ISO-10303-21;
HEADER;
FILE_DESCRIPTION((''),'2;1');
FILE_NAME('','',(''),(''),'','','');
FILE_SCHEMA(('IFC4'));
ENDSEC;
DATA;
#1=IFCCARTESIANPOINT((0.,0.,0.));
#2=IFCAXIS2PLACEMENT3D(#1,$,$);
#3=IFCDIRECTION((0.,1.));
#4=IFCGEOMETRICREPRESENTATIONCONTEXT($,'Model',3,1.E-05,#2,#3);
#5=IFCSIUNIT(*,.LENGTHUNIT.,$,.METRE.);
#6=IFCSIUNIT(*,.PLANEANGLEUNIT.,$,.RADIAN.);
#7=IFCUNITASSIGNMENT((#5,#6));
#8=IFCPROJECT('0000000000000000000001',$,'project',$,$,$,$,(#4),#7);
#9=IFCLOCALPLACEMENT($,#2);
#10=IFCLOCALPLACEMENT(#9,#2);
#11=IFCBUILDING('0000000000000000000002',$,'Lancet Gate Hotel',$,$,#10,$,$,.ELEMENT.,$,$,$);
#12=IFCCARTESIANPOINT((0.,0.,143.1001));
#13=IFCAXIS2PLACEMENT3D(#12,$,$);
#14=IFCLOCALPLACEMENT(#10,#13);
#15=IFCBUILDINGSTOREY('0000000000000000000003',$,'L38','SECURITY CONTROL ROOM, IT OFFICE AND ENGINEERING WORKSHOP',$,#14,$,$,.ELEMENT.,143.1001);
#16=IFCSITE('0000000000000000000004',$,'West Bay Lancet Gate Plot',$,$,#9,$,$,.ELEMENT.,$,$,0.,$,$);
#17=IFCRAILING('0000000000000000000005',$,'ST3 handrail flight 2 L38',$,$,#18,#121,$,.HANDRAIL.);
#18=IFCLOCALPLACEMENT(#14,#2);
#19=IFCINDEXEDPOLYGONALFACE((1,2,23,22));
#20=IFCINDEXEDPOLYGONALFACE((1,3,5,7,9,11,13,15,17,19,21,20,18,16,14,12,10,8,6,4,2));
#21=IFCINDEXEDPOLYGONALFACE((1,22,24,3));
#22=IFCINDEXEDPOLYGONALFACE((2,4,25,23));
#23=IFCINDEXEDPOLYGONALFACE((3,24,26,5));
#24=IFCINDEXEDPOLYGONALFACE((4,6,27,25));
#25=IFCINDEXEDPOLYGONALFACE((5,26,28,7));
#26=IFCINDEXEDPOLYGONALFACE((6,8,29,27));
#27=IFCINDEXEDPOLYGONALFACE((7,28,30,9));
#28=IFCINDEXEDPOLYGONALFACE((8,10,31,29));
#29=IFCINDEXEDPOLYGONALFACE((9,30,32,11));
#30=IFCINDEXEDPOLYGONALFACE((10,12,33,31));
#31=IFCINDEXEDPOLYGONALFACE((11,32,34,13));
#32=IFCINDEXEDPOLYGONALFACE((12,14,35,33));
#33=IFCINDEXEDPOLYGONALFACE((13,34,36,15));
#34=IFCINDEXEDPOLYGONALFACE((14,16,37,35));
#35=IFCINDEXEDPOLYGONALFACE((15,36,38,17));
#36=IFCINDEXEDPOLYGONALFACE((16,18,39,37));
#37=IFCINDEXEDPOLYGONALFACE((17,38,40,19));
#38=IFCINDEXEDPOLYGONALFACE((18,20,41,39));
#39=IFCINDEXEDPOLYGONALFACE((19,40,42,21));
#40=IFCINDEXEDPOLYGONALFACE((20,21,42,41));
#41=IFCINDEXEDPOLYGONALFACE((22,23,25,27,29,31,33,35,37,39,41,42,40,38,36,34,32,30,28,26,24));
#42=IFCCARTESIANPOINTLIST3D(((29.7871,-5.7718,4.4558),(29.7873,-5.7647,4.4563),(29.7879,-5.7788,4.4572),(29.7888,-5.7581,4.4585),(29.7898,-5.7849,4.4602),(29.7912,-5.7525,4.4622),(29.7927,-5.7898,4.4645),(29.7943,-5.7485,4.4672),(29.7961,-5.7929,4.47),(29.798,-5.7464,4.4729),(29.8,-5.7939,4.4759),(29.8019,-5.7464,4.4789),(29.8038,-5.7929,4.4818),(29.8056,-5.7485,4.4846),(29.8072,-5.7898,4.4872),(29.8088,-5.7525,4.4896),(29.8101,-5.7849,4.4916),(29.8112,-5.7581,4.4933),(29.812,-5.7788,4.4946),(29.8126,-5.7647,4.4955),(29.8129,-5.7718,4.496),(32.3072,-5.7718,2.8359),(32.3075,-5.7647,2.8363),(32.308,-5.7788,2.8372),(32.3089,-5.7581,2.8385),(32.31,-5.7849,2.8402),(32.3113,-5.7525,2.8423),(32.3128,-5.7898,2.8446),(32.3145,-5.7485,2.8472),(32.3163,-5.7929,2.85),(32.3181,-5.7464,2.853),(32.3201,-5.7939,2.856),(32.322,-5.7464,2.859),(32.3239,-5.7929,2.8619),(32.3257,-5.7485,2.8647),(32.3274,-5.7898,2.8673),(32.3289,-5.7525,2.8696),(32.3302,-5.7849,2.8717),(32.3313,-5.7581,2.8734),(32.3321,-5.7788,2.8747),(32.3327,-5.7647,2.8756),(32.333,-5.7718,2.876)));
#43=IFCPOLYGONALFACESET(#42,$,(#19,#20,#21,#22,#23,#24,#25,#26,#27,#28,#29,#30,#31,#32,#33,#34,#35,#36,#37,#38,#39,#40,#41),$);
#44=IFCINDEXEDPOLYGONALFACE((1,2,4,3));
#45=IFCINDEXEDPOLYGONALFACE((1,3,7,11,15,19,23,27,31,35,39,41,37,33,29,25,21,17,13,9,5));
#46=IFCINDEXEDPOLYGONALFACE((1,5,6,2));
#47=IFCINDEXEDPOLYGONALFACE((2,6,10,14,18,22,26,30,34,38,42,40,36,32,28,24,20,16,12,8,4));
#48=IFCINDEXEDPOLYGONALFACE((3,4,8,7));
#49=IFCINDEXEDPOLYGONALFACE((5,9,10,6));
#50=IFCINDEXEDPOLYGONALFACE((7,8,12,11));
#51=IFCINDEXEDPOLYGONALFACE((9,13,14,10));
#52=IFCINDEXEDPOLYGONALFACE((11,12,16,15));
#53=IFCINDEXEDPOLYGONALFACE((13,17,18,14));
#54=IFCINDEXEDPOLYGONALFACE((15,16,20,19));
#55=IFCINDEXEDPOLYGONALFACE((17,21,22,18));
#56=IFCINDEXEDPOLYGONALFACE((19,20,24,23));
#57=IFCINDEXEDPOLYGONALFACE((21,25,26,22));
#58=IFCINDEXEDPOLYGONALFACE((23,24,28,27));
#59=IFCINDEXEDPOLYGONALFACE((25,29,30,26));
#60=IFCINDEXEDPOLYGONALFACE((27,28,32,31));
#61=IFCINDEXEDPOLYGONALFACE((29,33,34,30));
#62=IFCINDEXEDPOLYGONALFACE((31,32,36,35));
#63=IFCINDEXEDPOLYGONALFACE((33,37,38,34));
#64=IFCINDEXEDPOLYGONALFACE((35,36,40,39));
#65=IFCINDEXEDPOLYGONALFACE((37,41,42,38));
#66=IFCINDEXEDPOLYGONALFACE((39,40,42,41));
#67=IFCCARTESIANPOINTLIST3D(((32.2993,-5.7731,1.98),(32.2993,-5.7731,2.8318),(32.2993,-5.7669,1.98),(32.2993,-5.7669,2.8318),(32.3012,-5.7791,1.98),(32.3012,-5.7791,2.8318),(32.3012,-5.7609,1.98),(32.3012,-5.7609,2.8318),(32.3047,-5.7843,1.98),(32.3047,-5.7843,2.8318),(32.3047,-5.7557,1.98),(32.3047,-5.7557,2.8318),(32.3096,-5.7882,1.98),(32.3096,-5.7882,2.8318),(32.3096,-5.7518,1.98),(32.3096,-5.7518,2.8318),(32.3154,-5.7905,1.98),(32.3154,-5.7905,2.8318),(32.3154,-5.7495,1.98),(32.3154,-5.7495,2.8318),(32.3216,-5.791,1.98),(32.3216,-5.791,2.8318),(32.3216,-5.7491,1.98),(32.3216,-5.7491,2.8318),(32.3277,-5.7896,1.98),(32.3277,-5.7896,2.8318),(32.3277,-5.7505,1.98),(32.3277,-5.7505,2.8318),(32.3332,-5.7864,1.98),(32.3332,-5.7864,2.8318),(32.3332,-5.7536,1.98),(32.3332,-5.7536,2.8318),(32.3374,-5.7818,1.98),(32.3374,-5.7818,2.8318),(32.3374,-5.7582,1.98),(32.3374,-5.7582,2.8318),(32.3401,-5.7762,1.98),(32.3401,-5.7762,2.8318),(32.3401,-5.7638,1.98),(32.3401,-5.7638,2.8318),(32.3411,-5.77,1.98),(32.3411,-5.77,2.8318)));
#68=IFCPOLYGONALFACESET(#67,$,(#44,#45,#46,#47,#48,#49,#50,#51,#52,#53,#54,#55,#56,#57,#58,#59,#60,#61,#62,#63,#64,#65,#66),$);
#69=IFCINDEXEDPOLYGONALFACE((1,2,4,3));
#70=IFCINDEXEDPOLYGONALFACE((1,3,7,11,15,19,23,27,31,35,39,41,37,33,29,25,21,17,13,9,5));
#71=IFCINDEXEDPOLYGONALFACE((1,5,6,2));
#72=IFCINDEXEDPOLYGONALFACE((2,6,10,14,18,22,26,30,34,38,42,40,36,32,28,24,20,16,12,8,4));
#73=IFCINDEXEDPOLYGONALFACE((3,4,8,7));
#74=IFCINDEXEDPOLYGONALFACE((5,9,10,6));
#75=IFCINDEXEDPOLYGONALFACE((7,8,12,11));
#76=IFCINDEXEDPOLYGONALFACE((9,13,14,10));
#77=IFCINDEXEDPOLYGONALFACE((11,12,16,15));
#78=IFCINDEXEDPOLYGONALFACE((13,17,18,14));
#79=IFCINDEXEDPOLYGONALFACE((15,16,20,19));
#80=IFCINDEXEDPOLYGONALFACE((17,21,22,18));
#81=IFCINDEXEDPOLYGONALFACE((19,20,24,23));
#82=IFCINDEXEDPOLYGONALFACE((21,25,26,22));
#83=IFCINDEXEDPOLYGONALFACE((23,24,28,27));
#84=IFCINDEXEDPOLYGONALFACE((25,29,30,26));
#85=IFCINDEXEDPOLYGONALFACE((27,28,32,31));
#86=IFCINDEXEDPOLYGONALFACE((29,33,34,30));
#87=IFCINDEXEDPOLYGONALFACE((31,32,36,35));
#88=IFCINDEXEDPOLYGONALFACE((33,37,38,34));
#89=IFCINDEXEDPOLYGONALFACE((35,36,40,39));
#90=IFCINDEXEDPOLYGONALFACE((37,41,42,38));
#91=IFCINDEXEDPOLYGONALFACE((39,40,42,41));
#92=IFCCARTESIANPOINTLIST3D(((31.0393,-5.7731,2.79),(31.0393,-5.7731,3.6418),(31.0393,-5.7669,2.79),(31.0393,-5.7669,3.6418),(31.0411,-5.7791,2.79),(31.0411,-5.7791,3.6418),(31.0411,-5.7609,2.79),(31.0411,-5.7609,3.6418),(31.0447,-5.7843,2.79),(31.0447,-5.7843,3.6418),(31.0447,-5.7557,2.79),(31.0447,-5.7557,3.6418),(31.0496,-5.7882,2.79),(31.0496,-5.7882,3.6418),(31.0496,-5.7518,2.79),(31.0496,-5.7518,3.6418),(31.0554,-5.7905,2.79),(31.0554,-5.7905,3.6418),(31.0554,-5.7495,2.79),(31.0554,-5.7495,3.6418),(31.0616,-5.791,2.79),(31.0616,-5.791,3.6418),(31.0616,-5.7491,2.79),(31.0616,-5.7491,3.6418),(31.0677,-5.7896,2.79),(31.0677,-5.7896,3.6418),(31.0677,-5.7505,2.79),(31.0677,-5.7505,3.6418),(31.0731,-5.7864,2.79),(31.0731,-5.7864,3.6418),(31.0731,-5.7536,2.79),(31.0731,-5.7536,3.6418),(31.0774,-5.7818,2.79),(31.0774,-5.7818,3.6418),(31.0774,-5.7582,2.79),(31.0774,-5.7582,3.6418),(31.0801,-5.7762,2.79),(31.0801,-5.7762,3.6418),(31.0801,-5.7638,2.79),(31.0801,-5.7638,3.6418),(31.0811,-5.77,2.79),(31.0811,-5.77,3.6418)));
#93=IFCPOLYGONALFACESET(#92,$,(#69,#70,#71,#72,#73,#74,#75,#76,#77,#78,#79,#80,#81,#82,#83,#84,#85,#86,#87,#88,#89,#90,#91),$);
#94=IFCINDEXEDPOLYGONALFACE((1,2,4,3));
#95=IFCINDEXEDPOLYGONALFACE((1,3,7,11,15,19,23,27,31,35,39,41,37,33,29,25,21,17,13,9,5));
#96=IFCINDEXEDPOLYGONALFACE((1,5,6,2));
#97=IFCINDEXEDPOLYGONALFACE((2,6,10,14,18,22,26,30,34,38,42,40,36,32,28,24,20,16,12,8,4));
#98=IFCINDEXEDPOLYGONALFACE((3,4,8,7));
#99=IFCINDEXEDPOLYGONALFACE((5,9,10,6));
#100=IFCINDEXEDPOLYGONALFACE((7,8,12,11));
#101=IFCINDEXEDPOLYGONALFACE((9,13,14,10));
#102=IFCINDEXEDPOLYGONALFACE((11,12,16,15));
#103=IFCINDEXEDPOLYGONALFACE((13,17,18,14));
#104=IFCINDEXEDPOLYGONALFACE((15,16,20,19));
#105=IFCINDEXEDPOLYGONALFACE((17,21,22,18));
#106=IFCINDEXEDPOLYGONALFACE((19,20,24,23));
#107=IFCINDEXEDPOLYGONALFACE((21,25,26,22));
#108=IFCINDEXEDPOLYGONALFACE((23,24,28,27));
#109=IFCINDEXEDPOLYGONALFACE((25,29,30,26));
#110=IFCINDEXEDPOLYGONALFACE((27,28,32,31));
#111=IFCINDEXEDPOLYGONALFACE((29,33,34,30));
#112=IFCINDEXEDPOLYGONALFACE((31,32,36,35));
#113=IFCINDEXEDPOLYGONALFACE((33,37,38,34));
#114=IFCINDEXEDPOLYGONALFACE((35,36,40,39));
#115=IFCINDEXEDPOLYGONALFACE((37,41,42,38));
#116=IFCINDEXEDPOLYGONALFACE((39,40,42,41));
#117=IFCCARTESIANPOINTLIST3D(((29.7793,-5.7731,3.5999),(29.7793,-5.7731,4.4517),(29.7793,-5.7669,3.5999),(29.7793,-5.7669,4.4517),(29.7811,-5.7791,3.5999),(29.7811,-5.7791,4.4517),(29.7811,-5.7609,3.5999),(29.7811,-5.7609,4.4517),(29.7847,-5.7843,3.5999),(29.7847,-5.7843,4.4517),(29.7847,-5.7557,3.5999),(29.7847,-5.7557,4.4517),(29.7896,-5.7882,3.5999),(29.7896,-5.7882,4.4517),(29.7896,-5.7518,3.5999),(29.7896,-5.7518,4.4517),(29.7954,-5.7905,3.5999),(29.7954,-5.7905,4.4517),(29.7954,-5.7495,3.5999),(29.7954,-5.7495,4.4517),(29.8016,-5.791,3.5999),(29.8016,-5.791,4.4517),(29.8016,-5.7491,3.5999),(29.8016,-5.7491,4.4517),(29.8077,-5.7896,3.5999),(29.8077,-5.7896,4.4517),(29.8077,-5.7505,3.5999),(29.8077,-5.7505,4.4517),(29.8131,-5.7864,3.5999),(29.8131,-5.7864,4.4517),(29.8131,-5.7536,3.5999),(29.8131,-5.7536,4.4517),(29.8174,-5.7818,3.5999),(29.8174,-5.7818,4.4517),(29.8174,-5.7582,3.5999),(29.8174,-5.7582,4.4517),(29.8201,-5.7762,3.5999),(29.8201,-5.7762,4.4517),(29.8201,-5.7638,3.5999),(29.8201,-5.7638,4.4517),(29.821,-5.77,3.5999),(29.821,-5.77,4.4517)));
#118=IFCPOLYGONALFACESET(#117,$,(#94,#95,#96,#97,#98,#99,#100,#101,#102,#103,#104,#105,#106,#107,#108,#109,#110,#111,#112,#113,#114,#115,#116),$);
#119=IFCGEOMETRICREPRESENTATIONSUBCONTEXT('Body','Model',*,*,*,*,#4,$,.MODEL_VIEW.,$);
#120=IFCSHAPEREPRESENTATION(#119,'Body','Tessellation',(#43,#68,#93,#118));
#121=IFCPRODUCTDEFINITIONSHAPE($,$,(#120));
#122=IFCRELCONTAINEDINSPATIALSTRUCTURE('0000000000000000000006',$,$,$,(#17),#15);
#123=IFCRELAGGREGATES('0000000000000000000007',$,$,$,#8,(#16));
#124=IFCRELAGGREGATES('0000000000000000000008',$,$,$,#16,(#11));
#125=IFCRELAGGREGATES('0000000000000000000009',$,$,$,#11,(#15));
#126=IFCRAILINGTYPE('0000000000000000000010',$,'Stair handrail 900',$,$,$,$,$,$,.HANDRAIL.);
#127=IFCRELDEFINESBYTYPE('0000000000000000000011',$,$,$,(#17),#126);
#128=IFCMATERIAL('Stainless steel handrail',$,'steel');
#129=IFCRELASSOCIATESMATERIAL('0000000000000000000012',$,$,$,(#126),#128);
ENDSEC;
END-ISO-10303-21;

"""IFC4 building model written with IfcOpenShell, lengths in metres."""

from ifc_helpers import new_model, si_unit, direction, frame, origin, origin_2d, place, context, subcontext, project, spatial, circle, extrude, material, type_object, element, save


model = new_model("IFC4")

# Units and contexts
model_context = context("Model", 3, precision=1e-05, world=origin(), true_north=direction((0.0, 1.0)))
body_context = subcontext(model_context, "Body", "Model", "MODEL_VIEW")
ifc_project = project(units=[si_unit("LENGTHUNIT", "METRE"), si_unit("PLANEANGLEUNIT", "RADIAN")], contexts=[model_context])

# Site, building, storey
site_placement = place(None, origin())
site = spatial("IfcSite", under=ifc_project, at=site_placement, Name="West Bay Lancet Gate Plot", CompositionType="ELEMENT", RefElevation=0.0)
building_placement = place(site_placement, origin())
building = spatial("IfcBuilding", under=site, at=building_placement, Name="Lancet Gate Hotel", CompositionType="ELEMENT")
storey_placement = place(building_placement, frame((0.0, 0.0, 143.1001)))
storey = spatial("IfcBuildingStorey", under=building, at=storey_placement, Name="L38", Description="SECURITY CONTROL ROOM, IT OFFICE AND ENGINEERING WORKSHOP", CompositionType="ELEMENT", Elevation=143.1001)

# Railing
ifc_material_1 = material(Name="Stainless steel handrail", Category="steel")
railing_type = type_object("IfcRailingType", Name="Stair handrail 900", PredefinedType="HANDRAIL", material=ifc_material_1)
railing_1_placement = place(storey_placement, frame((32.3201, -5.77, 1.98)))
element("IfcRailing", 1, at=railing_1_placement, inside=storey, type_object=railing_type, Name="ST3 handrail flight 2 L38", PredefinedType="HANDRAIL", context=body_context, shape_type="SweptSolid", body=[
    extrude(circle(Radius=0.0239, at=origin_2d()), frame((0.0, 0.0, 0.876), z_axis=(-0.8412, 0.0, 0.540725), x_axis=(0.0, -1.0, 0.0)), (0.0, 0.0, 1.0), 2.9958),
    extrude(circle(Radius=0.021, at=origin_2d()), origin(), (0.0, 0.0, 1.0), 0.8518),
    extrude(circle(Radius=0.021, at=origin_2d()), frame((-1.26, 0.0, 0.8101)), (0.0, 0.0, 1.0), 0.8518),
    extrude(circle(Radius=0.021, at=origin_2d()), frame((-2.52, 0.0, 1.6199)), (0.0, 0.0, 1.0), 0.8518),
])

save(model, "model.ifc")
